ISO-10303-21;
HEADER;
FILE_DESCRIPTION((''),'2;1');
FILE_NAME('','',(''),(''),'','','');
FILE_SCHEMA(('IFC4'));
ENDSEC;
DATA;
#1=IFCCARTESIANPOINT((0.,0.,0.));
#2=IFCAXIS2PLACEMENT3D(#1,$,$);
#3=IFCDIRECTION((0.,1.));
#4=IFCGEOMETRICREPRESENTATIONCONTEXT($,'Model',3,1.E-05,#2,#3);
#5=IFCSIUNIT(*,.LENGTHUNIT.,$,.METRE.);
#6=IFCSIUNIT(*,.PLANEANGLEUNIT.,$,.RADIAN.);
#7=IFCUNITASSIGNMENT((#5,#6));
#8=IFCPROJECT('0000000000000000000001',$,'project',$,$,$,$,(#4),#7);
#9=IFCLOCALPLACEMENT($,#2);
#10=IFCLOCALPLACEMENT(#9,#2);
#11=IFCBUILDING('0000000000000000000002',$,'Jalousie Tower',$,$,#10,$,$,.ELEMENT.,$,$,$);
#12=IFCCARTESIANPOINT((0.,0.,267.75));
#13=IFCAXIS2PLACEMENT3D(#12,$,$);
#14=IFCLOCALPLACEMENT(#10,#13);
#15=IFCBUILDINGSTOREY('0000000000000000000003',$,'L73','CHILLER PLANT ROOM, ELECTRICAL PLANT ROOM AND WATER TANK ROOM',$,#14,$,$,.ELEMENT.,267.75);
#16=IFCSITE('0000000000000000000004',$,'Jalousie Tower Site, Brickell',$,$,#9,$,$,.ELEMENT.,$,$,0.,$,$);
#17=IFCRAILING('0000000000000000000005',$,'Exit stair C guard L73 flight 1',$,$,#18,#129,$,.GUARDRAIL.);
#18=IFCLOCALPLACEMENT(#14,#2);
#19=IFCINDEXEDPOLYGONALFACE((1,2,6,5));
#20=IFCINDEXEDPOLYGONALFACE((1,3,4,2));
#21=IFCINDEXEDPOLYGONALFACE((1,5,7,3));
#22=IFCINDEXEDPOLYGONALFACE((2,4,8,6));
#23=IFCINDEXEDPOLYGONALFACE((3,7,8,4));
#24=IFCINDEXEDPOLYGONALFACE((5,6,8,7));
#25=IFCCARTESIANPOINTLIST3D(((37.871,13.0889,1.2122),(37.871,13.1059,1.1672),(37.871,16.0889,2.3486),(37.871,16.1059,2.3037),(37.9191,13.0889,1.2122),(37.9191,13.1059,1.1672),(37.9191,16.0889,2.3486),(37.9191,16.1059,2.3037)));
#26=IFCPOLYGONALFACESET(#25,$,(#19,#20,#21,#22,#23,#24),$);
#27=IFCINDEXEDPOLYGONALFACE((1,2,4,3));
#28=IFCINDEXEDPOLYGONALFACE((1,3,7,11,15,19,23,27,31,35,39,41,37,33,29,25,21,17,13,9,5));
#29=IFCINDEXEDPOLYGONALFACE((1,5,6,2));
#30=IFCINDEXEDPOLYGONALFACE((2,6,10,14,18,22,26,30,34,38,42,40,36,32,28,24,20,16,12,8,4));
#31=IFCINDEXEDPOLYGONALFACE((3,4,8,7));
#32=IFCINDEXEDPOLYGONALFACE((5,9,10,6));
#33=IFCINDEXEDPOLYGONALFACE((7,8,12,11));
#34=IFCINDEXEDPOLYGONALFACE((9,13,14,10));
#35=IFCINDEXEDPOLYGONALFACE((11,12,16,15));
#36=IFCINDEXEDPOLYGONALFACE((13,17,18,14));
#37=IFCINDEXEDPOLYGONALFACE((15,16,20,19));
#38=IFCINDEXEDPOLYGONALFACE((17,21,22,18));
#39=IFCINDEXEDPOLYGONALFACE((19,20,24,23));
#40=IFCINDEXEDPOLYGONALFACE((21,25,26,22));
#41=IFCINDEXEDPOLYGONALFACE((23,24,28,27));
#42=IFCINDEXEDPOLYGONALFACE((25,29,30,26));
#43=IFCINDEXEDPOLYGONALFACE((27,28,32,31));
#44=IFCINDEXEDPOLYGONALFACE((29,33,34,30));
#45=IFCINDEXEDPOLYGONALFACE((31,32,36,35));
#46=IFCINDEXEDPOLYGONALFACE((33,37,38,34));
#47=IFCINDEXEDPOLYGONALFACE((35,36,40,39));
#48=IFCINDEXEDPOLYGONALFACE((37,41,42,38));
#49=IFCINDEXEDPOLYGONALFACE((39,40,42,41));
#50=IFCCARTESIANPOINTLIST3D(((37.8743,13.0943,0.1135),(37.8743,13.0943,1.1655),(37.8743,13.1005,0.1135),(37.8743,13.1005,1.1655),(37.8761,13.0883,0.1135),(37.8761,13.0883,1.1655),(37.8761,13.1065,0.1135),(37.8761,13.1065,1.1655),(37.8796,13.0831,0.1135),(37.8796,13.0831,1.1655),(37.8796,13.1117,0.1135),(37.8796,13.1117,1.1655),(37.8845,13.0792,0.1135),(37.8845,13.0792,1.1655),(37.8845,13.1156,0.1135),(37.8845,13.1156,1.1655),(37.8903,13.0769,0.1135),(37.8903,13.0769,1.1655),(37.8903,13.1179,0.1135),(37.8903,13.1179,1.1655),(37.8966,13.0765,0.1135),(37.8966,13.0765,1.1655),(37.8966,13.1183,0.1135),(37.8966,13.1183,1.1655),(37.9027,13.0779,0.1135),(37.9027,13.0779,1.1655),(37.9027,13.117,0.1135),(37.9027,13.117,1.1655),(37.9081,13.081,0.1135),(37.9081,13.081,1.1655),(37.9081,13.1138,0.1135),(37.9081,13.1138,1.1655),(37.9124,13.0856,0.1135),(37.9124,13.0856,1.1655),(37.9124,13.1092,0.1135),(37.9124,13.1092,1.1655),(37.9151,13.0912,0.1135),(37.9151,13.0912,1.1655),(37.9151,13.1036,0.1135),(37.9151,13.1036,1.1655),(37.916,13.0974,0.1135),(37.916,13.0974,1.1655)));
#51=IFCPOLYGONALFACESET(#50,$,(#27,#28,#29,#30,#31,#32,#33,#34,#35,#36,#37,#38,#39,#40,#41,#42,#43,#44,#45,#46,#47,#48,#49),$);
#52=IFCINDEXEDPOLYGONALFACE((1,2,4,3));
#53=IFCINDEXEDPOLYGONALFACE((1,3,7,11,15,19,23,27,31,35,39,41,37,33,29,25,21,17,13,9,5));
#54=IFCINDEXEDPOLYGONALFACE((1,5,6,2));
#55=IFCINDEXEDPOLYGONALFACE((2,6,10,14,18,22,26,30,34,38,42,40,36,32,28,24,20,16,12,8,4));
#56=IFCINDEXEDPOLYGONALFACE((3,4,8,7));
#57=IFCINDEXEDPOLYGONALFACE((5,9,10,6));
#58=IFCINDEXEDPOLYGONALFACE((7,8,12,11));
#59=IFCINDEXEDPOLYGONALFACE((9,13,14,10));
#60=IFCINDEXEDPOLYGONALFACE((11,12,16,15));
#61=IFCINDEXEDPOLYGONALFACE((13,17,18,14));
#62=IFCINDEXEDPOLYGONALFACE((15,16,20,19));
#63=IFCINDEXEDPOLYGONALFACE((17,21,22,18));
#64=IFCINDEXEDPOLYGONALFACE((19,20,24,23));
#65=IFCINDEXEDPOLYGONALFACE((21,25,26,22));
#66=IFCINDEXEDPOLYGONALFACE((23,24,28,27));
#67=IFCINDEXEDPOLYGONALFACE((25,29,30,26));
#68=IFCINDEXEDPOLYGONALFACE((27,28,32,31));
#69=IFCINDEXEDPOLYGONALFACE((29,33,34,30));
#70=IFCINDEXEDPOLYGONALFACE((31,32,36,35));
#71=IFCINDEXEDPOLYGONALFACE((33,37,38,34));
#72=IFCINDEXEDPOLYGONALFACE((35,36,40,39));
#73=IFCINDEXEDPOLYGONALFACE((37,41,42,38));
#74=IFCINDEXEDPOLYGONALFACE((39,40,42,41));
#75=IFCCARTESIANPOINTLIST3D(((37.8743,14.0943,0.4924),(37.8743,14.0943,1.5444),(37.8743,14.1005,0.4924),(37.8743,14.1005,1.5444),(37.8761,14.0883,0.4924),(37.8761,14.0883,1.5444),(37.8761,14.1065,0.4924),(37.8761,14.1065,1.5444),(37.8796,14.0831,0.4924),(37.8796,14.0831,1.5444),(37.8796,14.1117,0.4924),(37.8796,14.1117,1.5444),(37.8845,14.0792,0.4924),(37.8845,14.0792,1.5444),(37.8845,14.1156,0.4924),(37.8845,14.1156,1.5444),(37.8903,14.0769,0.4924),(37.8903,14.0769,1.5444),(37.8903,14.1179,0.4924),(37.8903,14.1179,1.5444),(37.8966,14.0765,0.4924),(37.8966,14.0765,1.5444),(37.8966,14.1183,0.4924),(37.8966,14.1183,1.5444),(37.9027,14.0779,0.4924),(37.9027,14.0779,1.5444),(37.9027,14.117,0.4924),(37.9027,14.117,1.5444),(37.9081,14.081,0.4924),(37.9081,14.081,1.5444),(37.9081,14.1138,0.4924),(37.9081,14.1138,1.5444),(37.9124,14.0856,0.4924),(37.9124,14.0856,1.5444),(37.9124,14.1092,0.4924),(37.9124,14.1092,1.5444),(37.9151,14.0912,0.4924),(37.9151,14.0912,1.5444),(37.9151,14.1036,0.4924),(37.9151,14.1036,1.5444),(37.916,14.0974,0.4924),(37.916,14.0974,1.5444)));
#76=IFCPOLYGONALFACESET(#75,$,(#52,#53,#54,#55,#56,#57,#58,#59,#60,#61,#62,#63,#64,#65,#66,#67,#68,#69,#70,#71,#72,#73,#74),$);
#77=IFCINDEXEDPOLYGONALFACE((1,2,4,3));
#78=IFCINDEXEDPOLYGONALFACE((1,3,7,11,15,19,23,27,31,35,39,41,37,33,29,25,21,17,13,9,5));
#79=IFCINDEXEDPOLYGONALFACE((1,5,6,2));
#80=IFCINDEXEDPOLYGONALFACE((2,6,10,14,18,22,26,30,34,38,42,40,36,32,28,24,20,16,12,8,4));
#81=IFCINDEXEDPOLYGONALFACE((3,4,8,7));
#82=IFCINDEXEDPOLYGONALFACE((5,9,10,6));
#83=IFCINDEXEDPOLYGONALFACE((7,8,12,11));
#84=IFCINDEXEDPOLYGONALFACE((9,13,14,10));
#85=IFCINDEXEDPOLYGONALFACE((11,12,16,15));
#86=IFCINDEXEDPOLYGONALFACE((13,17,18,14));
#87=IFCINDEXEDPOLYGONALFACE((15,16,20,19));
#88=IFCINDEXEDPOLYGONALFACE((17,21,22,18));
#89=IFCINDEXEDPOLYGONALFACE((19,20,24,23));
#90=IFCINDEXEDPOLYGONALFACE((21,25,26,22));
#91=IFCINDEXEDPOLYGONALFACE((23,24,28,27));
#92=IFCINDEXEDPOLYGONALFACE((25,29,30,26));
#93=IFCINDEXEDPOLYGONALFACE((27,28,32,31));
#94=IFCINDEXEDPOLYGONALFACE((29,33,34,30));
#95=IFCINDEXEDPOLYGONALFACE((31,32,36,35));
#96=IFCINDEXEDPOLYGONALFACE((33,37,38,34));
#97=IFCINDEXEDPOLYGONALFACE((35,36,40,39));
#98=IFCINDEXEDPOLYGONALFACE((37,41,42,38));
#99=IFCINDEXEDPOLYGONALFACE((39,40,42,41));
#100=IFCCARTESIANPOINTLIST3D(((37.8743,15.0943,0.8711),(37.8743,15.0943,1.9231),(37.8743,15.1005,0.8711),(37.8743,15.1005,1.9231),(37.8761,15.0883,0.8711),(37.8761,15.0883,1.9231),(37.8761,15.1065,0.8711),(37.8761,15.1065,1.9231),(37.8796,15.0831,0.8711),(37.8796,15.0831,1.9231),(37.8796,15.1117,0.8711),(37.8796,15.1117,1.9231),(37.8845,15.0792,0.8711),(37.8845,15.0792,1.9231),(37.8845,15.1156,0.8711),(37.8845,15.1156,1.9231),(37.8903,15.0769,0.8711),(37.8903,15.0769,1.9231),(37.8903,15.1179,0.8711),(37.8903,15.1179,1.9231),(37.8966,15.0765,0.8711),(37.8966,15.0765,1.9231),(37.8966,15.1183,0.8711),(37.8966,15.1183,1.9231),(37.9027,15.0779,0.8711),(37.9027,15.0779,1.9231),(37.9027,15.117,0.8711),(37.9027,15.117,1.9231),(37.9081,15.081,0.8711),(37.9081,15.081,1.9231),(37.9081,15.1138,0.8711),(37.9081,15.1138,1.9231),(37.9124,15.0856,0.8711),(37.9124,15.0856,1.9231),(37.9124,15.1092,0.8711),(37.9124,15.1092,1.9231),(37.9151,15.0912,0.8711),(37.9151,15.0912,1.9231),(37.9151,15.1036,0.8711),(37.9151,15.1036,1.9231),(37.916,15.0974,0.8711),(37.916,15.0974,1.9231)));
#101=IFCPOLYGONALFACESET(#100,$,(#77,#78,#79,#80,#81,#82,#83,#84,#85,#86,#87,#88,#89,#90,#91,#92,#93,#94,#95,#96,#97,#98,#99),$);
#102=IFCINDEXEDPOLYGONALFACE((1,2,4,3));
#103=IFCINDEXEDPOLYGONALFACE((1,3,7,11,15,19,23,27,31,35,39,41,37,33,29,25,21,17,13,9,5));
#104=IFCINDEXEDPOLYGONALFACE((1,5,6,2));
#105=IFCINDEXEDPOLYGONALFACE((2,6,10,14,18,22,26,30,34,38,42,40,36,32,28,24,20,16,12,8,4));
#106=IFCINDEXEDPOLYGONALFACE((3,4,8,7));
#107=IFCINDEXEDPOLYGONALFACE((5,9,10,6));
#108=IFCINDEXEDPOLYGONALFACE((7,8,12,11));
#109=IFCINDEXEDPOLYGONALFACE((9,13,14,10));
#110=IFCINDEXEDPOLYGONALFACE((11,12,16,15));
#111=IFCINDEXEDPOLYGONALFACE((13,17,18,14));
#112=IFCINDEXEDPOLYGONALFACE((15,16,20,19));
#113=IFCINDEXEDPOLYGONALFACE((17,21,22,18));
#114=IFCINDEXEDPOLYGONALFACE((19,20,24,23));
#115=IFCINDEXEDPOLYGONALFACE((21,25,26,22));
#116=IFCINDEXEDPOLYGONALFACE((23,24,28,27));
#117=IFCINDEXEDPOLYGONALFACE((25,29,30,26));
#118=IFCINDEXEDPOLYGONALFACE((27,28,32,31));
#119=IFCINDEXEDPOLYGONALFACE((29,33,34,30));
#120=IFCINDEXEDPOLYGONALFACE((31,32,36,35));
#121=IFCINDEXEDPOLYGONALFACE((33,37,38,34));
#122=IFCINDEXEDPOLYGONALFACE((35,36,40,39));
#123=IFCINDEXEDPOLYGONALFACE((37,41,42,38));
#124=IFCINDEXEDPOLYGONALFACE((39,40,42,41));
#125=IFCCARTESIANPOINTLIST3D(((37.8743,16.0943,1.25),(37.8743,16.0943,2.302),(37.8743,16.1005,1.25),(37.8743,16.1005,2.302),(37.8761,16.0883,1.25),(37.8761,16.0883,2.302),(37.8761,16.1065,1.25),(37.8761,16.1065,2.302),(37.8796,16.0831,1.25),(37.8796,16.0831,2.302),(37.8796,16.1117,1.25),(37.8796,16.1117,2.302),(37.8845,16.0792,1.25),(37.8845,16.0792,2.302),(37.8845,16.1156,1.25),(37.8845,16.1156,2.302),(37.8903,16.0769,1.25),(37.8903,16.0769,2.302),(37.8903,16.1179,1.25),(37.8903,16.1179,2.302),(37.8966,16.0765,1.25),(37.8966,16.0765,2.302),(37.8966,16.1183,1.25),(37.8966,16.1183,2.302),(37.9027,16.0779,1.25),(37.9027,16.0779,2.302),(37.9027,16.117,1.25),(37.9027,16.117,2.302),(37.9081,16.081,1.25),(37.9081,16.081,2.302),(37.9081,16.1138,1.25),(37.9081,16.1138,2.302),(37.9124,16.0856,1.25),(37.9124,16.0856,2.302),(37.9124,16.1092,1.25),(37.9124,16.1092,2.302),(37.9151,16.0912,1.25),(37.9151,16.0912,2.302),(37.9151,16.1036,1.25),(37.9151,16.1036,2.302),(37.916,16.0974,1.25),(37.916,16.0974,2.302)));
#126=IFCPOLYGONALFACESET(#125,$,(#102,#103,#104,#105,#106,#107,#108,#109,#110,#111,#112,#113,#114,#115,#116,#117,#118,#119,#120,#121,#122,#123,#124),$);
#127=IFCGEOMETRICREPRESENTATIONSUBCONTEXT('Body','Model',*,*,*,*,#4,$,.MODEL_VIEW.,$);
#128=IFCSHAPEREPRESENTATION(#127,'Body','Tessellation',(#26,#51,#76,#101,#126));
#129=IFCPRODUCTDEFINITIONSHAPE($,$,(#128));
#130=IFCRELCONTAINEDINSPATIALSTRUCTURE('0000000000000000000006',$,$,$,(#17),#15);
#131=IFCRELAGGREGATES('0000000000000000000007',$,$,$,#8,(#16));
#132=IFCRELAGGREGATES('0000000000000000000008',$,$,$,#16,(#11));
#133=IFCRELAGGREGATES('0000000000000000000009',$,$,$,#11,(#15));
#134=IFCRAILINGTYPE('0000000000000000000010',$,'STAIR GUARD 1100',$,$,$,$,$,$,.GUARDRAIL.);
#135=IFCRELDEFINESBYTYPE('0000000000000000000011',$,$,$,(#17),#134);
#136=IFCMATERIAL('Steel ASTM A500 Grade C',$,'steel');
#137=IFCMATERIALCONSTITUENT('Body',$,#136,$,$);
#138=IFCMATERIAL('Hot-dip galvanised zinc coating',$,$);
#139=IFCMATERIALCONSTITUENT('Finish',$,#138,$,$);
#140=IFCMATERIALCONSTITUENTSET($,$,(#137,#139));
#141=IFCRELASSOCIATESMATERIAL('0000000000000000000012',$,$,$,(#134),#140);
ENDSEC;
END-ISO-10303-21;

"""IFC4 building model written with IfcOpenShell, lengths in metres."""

from ifc_helpers import new_model, si_unit, direction, frame, origin, origin_2d, place, context, subcontext, project, spatial, rectangle, circle, extrude, material, constituent, constituent_set, type_object, element, save


model = new_model("IFC4")

# Units and contexts
model_context = context("Model", 3, precision=1e-05, world=origin(), true_north=direction((0.0, 1.0)))
body_context = subcontext(model_context, "Body", "Model", "MODEL_VIEW")
ifc_project = project(units=[si_unit("LENGTHUNIT", "METRE"), si_unit("PLANEANGLEUNIT", "RADIAN")], contexts=[model_context])

# Site, building, storey
site_placement = place(None, origin())
site = spatial("IfcSite", under=ifc_project, at=site_placement, Name="Jalousie Tower Site, Brickell", CompositionType="ELEMENT", RefElevation=0.0)
building_placement = place(site_placement, origin())
building = spatial("IfcBuilding", under=site, at=building_placement, Name="Jalousie Tower", CompositionType="ELEMENT")
storey_placement = place(building_placement, frame((0.0, 0.0, 267.75)))
storey = spatial("IfcBuildingStorey", under=building, at=storey_placement, Name="L73", Description="CHILLER PLANT ROOM, ELECTRICAL PLANT ROOM AND WATER TANK ROOM", CompositionType="ELEMENT", Elevation=267.75)

# Railing
ifc_material_1 = material(Name="Steel ASTM A500 Grade C", Category="steel")
ifc_constituent_1 = constituent(ifc_material_1, Name="Body")
ifc_material_2 = material(Name="Hot-dip galvanised zinc coating")
ifc_constituent_2 = constituent(ifc_material_2, Name="Finish")
ifc_constituent_set_1 = constituent_set(constituents=[ifc_constituent_1, ifc_constituent_2])
railing_type_1 = type_object("IfcRailingType", Name="STAIR GUARD 1100", PredefinedType="GUARDRAIL", material=ifc_constituent_set_1)
railing_1_placement = place(storey_placement, frame((37.895, 13.0974, 0.1135)))
element("IfcRailing", 1, at=railing_1_placement, inside=storey, type_object=railing_type_1, Name="Exit stair C guard L73 flight 1", PredefinedType="GUARDRAIL", context=body_context, shape_type="SweptSolid", body=[
    extrude(rectangle(XDim=0.0481, YDim=0.0481, at=origin_2d()), frame((0.0, 0.0, 1.0762), z_axis=(0.0, 0.935148, 0.354257), x_axis=(-1.0, 0.0, 0.0)), (0.0, 0.0, 1.0), 3.208),
    extrude(circle(Radius=0.021, at=origin_2d()), origin(), (0.0, 0.0, 1.0), 1.052),
    extrude(circle(Radius=0.021, at=origin_2d()), frame((0.0, 1.0, 0.3789)), (0.0, 0.0, 1.0), 1.052),
    extrude(circle(Radius=0.021, at=origin_2d()), frame((0.0, 2.0, 0.7576)), (0.0, 0.0, 1.0), 1.052),
    extrude(circle(Radius=0.021, at=origin_2d()), frame((0.0, 3.0, 1.1365)), (0.0, 0.0, 1.0), 1.052),
])

save(model, "model.ifc")
